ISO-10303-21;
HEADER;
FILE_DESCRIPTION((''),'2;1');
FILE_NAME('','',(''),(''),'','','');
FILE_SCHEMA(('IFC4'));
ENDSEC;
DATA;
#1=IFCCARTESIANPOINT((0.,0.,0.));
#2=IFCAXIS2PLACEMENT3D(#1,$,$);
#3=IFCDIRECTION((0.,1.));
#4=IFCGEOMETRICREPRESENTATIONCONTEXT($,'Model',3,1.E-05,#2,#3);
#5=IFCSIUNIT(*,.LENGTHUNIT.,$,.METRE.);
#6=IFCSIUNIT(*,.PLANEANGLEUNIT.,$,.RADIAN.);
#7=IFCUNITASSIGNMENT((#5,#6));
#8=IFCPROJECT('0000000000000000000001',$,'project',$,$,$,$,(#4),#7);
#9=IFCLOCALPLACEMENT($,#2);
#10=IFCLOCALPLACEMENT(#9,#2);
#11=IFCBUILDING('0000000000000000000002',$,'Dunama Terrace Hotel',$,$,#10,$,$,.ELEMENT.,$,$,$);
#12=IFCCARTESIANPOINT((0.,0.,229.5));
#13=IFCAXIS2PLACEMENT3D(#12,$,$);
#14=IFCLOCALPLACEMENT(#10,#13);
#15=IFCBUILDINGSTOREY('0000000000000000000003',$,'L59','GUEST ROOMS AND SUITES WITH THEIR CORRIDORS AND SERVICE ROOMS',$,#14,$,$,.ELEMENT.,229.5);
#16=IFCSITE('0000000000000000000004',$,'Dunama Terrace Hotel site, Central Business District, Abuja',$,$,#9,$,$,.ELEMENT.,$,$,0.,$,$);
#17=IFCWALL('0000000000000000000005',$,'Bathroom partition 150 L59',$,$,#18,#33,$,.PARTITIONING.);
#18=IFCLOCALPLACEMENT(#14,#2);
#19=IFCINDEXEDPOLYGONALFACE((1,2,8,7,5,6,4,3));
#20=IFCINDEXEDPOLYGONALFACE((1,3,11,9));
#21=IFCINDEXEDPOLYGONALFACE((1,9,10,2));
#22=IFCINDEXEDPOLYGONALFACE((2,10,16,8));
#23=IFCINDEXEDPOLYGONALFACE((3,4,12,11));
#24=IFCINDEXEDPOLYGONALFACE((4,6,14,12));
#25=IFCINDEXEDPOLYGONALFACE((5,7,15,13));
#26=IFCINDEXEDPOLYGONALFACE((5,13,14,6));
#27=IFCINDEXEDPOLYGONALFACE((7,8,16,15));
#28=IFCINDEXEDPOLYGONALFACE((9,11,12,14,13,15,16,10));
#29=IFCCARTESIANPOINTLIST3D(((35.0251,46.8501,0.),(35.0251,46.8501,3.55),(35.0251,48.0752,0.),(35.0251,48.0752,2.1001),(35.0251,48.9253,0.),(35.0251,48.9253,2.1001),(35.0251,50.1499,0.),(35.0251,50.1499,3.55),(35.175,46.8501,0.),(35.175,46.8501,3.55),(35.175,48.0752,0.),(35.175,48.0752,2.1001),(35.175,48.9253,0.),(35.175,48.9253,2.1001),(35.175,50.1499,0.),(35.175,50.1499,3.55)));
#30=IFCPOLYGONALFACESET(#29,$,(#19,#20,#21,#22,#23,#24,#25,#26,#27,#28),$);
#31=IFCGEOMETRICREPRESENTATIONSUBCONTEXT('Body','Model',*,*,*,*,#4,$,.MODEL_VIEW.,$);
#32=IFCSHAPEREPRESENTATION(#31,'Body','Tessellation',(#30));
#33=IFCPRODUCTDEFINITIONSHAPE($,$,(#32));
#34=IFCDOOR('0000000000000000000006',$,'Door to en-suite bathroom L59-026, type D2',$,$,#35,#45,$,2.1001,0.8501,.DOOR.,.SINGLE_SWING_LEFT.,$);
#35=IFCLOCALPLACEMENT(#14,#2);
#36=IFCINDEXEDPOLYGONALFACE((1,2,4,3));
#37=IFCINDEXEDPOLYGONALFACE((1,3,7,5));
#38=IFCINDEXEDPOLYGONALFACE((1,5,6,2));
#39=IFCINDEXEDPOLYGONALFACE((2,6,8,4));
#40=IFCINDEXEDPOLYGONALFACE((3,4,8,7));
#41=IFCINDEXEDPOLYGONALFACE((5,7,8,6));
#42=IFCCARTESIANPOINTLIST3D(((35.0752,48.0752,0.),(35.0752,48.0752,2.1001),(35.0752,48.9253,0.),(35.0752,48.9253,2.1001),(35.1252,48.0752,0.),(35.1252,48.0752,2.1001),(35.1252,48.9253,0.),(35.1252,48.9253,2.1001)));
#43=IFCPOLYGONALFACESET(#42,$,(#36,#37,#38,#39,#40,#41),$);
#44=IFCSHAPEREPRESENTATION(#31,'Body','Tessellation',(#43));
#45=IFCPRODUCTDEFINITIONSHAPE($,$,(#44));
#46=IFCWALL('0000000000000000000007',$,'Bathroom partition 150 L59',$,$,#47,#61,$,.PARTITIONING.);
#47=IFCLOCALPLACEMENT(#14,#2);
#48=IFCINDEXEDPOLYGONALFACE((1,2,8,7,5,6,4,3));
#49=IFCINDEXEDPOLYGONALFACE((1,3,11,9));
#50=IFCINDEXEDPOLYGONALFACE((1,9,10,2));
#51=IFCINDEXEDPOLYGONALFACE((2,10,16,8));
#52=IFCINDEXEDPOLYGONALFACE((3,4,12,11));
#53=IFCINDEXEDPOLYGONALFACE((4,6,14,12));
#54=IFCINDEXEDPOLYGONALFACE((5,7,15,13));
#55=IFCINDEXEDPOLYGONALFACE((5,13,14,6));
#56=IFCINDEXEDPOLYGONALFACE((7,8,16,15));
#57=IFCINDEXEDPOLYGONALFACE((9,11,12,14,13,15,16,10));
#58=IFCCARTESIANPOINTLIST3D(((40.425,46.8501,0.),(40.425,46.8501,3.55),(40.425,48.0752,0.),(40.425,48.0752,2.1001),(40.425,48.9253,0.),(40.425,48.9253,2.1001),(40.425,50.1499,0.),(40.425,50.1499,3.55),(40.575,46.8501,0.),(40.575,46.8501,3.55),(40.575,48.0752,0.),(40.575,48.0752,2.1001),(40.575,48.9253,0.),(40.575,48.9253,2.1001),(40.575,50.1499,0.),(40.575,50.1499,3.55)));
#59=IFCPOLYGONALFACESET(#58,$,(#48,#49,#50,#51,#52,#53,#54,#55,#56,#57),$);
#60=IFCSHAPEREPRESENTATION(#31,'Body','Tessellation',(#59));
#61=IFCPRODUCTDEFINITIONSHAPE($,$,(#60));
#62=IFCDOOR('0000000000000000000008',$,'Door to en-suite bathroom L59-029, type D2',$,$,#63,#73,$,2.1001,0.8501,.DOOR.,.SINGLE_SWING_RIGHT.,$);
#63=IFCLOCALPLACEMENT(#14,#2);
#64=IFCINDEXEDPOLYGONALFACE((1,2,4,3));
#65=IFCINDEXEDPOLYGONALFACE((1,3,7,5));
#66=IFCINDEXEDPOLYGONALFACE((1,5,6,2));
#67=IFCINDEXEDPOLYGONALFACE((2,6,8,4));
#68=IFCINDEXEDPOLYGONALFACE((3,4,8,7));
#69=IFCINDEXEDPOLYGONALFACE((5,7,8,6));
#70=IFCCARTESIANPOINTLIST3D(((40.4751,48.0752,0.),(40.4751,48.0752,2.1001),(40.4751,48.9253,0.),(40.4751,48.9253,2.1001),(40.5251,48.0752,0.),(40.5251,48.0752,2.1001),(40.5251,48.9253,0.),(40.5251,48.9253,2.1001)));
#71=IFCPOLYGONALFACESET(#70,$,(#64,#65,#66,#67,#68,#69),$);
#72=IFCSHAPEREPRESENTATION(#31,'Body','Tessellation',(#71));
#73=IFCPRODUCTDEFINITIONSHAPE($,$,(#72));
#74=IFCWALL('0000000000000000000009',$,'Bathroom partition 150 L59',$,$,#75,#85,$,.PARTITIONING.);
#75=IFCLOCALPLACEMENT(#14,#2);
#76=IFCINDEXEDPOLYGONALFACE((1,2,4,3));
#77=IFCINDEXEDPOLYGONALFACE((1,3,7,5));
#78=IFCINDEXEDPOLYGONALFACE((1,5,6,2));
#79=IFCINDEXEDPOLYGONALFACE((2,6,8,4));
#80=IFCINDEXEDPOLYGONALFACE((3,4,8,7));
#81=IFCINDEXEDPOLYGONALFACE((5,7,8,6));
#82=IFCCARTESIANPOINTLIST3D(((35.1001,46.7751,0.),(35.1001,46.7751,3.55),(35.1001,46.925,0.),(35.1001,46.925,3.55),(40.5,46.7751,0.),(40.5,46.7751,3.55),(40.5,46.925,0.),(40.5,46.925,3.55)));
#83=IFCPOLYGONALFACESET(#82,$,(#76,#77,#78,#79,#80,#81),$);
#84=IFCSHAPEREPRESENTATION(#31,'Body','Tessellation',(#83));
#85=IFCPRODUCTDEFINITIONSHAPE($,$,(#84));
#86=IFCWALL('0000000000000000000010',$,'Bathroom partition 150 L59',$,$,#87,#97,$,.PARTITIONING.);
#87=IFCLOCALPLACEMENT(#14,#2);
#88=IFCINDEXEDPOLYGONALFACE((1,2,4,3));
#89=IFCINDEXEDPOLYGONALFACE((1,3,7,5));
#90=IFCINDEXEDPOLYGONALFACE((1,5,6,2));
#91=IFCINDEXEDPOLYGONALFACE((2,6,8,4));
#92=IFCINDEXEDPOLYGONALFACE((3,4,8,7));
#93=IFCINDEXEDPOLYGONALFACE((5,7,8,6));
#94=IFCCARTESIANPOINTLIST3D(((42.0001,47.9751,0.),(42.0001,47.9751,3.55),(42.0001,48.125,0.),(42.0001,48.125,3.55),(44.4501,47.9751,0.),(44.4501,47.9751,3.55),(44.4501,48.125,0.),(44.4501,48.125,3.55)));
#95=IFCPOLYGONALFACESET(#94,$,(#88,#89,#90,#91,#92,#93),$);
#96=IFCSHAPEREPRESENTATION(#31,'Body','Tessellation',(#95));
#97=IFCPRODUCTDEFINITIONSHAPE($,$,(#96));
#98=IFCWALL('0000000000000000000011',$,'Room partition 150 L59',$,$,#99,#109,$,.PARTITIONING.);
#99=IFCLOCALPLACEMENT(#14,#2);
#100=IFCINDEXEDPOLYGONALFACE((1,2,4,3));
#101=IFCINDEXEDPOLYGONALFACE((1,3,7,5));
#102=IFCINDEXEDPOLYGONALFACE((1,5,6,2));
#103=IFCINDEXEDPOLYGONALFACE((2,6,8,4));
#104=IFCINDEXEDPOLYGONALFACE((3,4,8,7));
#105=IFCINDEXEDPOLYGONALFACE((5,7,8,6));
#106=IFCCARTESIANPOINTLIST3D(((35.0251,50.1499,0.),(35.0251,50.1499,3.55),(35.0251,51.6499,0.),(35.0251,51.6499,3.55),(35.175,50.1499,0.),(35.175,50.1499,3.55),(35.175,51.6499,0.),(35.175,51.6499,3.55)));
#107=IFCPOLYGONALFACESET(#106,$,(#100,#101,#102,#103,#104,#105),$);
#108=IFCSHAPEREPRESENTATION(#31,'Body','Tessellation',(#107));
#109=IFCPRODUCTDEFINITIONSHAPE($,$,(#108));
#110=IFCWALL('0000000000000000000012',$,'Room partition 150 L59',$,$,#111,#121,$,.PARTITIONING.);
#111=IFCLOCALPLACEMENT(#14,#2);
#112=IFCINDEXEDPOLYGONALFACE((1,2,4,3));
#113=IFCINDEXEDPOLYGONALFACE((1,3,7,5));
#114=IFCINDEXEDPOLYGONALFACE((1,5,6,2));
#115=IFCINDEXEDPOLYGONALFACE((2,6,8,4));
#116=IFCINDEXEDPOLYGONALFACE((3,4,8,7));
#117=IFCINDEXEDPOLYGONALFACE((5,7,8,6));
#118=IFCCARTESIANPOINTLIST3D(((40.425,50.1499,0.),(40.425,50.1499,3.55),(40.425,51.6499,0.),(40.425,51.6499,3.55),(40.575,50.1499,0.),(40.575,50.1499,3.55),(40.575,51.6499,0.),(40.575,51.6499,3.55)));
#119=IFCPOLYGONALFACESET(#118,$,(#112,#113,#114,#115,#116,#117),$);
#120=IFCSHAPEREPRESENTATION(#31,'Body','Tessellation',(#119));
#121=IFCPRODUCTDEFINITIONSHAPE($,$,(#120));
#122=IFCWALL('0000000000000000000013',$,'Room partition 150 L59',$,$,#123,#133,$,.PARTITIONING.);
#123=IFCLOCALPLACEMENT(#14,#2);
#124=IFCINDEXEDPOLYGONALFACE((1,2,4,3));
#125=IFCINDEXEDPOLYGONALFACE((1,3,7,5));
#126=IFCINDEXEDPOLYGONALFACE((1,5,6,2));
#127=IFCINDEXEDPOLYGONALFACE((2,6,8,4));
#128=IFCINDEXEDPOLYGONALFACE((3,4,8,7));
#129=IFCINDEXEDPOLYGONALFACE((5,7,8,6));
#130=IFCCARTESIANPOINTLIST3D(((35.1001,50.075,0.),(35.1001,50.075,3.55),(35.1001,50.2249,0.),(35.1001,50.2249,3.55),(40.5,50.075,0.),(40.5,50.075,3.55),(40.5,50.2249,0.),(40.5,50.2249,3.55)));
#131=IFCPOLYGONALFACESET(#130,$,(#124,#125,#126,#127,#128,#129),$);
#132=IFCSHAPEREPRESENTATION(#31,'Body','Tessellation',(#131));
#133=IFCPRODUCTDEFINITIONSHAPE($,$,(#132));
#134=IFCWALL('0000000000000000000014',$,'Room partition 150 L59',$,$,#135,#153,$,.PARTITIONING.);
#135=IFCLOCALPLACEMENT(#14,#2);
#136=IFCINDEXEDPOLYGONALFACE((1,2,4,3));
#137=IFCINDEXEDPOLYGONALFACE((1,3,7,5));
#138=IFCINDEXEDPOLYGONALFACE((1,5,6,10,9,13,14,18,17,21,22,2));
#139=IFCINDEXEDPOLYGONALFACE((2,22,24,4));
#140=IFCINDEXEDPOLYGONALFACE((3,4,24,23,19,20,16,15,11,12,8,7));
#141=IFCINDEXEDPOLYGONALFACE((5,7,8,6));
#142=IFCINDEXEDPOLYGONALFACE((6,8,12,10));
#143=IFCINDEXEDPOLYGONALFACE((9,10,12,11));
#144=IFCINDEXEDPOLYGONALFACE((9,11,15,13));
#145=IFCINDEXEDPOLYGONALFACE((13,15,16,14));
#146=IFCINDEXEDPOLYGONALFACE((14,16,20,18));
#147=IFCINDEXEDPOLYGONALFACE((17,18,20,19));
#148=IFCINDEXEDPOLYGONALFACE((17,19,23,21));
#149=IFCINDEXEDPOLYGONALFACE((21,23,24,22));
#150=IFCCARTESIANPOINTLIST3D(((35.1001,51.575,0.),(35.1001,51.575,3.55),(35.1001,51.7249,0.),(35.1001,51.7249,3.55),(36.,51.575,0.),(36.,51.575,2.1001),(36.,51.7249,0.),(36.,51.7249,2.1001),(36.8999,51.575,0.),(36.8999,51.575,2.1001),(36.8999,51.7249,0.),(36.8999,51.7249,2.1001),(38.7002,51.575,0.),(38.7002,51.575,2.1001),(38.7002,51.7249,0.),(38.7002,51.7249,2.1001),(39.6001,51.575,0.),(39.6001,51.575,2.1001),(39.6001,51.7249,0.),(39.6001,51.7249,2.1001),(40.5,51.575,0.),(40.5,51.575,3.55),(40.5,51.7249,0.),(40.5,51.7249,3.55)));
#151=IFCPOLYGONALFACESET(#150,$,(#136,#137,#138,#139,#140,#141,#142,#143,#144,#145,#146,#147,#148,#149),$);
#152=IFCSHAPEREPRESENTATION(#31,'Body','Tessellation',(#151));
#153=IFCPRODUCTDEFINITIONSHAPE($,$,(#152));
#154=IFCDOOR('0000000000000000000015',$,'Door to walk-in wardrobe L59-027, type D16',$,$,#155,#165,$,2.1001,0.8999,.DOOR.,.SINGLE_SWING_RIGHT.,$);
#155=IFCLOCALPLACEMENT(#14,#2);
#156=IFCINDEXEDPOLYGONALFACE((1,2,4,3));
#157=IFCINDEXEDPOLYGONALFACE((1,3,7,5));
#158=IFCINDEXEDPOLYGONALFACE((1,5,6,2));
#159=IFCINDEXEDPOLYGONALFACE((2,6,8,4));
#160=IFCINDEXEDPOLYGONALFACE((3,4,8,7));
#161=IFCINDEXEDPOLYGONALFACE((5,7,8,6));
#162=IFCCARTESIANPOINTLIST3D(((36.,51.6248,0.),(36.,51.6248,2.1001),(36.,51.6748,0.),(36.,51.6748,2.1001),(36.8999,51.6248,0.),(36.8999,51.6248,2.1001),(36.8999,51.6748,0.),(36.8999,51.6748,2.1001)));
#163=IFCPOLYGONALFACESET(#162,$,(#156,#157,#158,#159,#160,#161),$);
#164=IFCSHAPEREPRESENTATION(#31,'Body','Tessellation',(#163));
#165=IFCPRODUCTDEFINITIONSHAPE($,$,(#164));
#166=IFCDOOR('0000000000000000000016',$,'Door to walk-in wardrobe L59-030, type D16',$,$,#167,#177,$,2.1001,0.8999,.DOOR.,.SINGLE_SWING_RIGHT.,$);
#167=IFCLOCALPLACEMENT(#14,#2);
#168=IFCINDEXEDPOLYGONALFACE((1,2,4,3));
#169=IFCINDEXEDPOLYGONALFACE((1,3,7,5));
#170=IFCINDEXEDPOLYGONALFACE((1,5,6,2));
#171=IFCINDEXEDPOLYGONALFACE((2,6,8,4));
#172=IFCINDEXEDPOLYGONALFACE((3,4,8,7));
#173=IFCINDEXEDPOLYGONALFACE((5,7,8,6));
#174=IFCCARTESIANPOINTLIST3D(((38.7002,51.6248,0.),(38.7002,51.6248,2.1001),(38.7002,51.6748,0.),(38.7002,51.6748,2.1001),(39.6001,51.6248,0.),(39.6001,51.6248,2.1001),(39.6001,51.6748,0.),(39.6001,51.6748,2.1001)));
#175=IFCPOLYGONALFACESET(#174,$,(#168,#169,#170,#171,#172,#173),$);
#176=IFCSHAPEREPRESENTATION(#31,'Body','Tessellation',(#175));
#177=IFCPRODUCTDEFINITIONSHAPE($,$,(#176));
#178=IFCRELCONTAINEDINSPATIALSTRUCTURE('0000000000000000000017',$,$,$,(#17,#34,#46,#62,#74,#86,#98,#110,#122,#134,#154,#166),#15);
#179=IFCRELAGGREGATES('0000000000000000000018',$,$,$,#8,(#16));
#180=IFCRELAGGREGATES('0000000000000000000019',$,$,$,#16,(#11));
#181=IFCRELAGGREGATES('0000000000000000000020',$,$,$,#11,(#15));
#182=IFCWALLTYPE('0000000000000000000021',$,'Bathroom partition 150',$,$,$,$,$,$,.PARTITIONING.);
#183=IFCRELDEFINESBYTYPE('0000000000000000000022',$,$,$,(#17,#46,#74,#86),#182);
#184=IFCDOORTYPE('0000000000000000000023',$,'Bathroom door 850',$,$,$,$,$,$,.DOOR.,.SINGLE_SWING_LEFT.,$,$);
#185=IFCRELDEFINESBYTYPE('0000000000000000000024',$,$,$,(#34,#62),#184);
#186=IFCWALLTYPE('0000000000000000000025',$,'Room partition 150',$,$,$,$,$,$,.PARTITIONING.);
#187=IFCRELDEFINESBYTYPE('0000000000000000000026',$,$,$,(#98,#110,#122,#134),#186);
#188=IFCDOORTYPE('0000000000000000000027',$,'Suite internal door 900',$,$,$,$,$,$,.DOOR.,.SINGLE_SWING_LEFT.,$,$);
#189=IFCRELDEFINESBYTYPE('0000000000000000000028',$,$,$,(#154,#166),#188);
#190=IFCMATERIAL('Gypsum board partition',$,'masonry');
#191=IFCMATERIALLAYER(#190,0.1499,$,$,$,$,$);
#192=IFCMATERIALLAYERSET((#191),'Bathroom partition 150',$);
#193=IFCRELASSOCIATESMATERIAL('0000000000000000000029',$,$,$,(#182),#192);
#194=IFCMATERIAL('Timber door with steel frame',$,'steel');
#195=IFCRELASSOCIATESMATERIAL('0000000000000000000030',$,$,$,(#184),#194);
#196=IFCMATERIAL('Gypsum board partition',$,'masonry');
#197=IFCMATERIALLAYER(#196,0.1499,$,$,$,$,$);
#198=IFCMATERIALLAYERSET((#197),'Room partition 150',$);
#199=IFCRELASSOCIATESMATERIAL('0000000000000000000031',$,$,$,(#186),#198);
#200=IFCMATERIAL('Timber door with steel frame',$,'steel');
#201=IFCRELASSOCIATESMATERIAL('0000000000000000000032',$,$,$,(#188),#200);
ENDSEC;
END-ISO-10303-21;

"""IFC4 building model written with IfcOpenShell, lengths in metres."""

from ifc_helpers import new_model, si_unit, direction, frame, frame_2d, origin, place, context, subcontext, project, spatial, rectangle, extrude, material, layer, layer_set, type_object, element, fill, save


model = new_model("IFC4")

# Units and contexts
model_context = context("Model", 3, precision=1e-05, world=origin(), true_north=direction((0.0, 1.0)))
body_context = subcontext(model_context, "Body", "Model", "MODEL_VIEW")
ifc_project = project(units=[si_unit("LENGTHUNIT", "METRE"), si_unit("PLANEANGLEUNIT", "RADIAN")], contexts=[model_context])

# Site, building, storey
site_placement = place(None, origin())
site = spatial("IfcSite", under=ifc_project, at=site_placement, Name="Dunama Terrace Hotel site, Central Business District, Abuja", CompositionType="ELEMENT", RefElevation=0.0)
building_placement = place(site_placement, origin())
building = spatial("IfcBuilding", under=site, at=building_placement, Name="Dunama Terrace Hotel", CompositionType="ELEMENT")
storey_placement = place(building_placement, frame((0.0, 0.0, 229.5)))
storey = spatial("IfcBuildingStorey", under=building, at=storey_placement, Name="L59", Description="GUEST ROOMS AND SUITES WITH THEIR CORRIDORS AND SERVICE ROOMS", CompositionType="ELEMENT", Elevation=229.5)

# Walls, openings, doors
ifc_material_1 = material(Name="Gypsum board partition", Category="masonry")
ifc_layer_1 = layer(ifc_material_1, 0.1499)
ifc_layer_set_1 = layer_set([ifc_layer_1], Name="Bathroom partition 150")
wall_type_1 = type_object("IfcWallType", Name="Bathroom partition 150", PredefinedType="PARTITIONING", material=ifc_layer_set_1)
wall_1_placement = place(storey_placement, frame((35.1001, 46.8501, 0.0), z_axis=(0.0, 0.0, 1.0), x_axis=(0.0, 1.0, 0.0)))
wall_1 = element("IfcWall", 1, at=wall_1_placement, inside=storey, type_object=wall_type_1, Name="Bathroom partition 150 L59", PredefinedType="PARTITIONING", context=body_context, shape_type="SweptSolid", body=[
    extrude(rectangle(XDim=3.2998, YDim=0.1499, at=frame_2d((1.6499, 0.0))), origin(), (0.0, 0.0, 1.0), 3.55),
])
opening_1_placement = place(wall_1_placement, frame((1.2251, 0.0, 0.0)))
opening_1 = element("IfcOpeningElement", 2, at=opening_1_placement, cuts=wall_1, PredefinedType="OPENING", context=body_context, shape_type="SweptSolid", body=[
    extrude(rectangle(XDim=0.8501, YDim=2.1001, at=frame_2d((0.425, 1.05))), frame((0.0, 0.085, 0.0), z_axis=(0.0, -1.0, 0.0), x_axis=(1.0, 0.0, 0.0)), (0.0, 0.0, 1.0), 0.1699),
])
ifc_material_2 = material(Name="Timber door with steel frame", Category="steel")
door_type_1 = type_object("IfcDoorType", Name="Bathroom door 850", OperationType="SINGLE_SWING_LEFT", PredefinedType="DOOR", material=ifc_material_2)
door_1_placement = place(opening_1_placement, frame((0.8501, 0.0, 0.0), z_axis=(0.0, 0.0, 1.0), x_axis=(-1.0, 0.0, 0.0)))
door_1 = element("IfcDoor", 3, at=door_1_placement, inside=storey, type_object=door_type_1, Name="Door to en-suite bathroom L59-026, type D2", OperationType="SINGLE_SWING_LEFT", OverallHeight=2.1001, OverallWidth=0.8501, PredefinedType="DOOR", context=body_context, shape_type="SweptSolid", body=[
    extrude(rectangle(XDim=0.8501, YDim=2.1001, at=frame_2d((0.425, 1.05))), frame((0.0, 0.0251, 0.0), z_axis=(0.0, -1.0, 0.0), x_axis=(1.0, 0.0, 0.0)), (0.0, 0.0, 1.0), 0.05),
])
fill(opening_1, door_1)
wall_2_placement = place(storey_placement, frame((40.5, 46.8501, 0.0), z_axis=(0.0, 0.0, 1.0), x_axis=(0.0, 1.0, 0.0)))
wall_2 = element("IfcWall", 4, at=wall_2_placement, inside=storey, type_object=wall_type_1, Name="Bathroom partition 150 L59", PredefinedType="PARTITIONING", context=body_context, shape_type="SweptSolid", body=[
    extrude(rectangle(XDim=3.2998, YDim=0.1499, at=frame_2d((1.6499, 0.0))), origin(), (0.0, 0.0, 1.0), 3.55),
])
opening_2_placement = place(wall_2_placement, frame((1.2251, 0.0, 0.0)))
opening_2 = element("IfcOpeningElement", 5, at=opening_2_placement, cuts=wall_2, PredefinedType="OPENING", context=body_context, shape_type="SweptSolid", body=[
    extrude(rectangle(XDim=0.8501, YDim=2.1001, at=frame_2d((0.425, 1.05))), frame((0.0, 0.085, 0.0), z_axis=(0.0, -1.0, 0.0), x_axis=(1.0, 0.0, 0.0)), (0.0, 0.0, 1.0), 0.1699),
])
door_2_placement = place(opening_2_placement, origin())
door_2 = element("IfcDoor", 6, at=door_2_placement, inside=storey, type_object=door_type_1, Name="Door to en-suite bathroom L59-029, type D2", OperationType="SINGLE_SWING_RIGHT", OverallHeight=2.1001, OverallWidth=0.8501, PredefinedType="DOOR", context=body_context, shape_type="SweptSolid", body=[
    extrude(rectangle(XDim=0.8501, YDim=2.1001, at=frame_2d((0.425, 1.05))), frame((0.0, 0.0249, 0.0), z_axis=(0.0, -1.0, 0.0), x_axis=(1.0, 0.0, 0.0)), (0.0, 0.0, 1.0), 0.05),
])
fill(opening_2, door_2)

# Walls
wall_3_placement = place(storey_placement, frame((35.1001, 46.8501, 0.0), z_axis=(0.0, 0.0, 1.0), x_axis=(1.0, 0.0, 0.0)))
element("IfcWall", 7, at=wall_3_placement, inside=storey, type_object=wall_type_1, Name="Bathroom partition 150 L59", PredefinedType="PARTITIONING", context=body_context, shape_type="SweptSolid", body=[
    extrude(rectangle(XDim=5.3999, YDim=0.1499, at=frame_2d((2.7, 0.0))), origin(), (0.0, 0.0, 1.0), 3.55),
])
wall_4_placement = place(storey_placement, frame((42.0, 48.05, 0.0), z_axis=(0.0, 0.0, 1.0), x_axis=(1.0, 0.0, 0.0)))
element("IfcWall", 8, at=wall_4_placement, inside=storey, type_object=wall_type_1, Name="Bathroom partition 150 L59", PredefinedType="PARTITIONING", context=body_context, shape_type="SweptSolid", body=[
    extrude(rectangle(XDim=2.45, YDim=0.1499, at=frame_2d((1.2251, 0.0))), origin(), (0.0, 0.0, 1.0), 3.55),
])
ifc_material_3 = material(Name="Gypsum board partition", Category="masonry")
ifc_layer_2 = layer(ifc_material_3, 0.1499)
ifc_layer_set_2 = layer_set([ifc_layer_2], Name="Room partition 150")
wall_type_2 = type_object("IfcWallType", Name="Room partition 150", PredefinedType="PARTITIONING", material=ifc_layer_set_2)
for number, where, z_axis, x_axis, name in (
    (9, (35.1001, 50.1499, 0.0), (0.0, 0.0, 1.0), (0.0, 1.0, 0.0), "Room partition 150 L59"),
    (10, (40.5, 50.1499, 0.0), (0.0, 0.0, 1.0), (0.0, 1.0, 0.0), "Room partition 150 L59"),
):
    element("IfcWall", number, at=place(storey_placement, frame(where, z_axis=z_axis, x_axis=x_axis)), inside=storey, type_object=wall_type_2, Name=name, PredefinedType="PARTITIONING", context=body_context, shape_type="SweptSolid", body=[
        extrude(rectangle(XDim=1.5, YDim=0.1499, at=frame_2d((0.75, 0.0))), origin(), (0.0, 0.0, 1.0), 3.55),
    ])
wall_5_placement = place(storey_placement, frame((35.1001, 50.1499, 0.0), z_axis=(0.0, 0.0, 1.0), x_axis=(1.0, 0.0, 0.0)))
element("IfcWall", 11, at=wall_5_placement, inside=storey, type_object=wall_type_2, Name="Room partition 150 L59", PredefinedType="PARTITIONING", context=body_context, shape_type="SweptSolid", body=[
    extrude(rectangle(XDim=5.3999, YDim=0.1499, at=frame_2d((2.7, 0.0))), origin(), (0.0, 0.0, 1.0), 3.55),
])

# Wall, openings, doors
wall_6_placement = place(storey_placement, frame((35.1001, 51.6499, 0.0), z_axis=(0.0, 0.0, 1.0), x_axis=(1.0, 0.0, 0.0)))
wall_6 = element("IfcWall", 12, at=wall_6_placement, inside=storey, type_object=wall_type_2, Name="Room partition 150 L59", PredefinedType="PARTITIONING", context=body_context, shape_type="SweptSolid", body=[
    extrude(rectangle(XDim=5.3999, YDim=0.1499, at=frame_2d((2.7, 0.0))), origin(), (0.0, 0.0, 1.0), 3.55),
])
opening_3_placement = place(wall_6_placement, frame((0.8999, 0.0, 0.0)))
opening_3 = element("IfcOpeningElement", 13, at=opening_3_placement, cuts=wall_6, PredefinedType="OPENING", context=body_context, shape_type="SweptSolid", body=[
    extrude(rectangle(XDim=0.8999, YDim=2.1001, at=frame_2d((0.45, 1.05))), frame((0.0, 0.085, 0.0), z_axis=(0.0, -1.0, 0.0), x_axis=(1.0, 0.0, 0.0)), (0.0, 0.0, 1.0), 0.1699),
])
opening_4_placement = place(wall_6_placement, frame((3.6001, 0.0, 0.0)))
opening_4 = element("IfcOpeningElement", 14, at=opening_4_placement, cuts=wall_6, PredefinedType="OPENING", context=body_context, shape_type="SweptSolid", body=[
    extrude(rectangle(XDim=0.8999, YDim=2.1001, at=frame_2d((0.45, 1.05))), frame((0.0, 0.085, 0.0), z_axis=(0.0, -1.0, 0.0), x_axis=(1.0, 0.0, 0.0)), (0.0, 0.0, 1.0), 0.1699),
])
ifc_material_4 = material(Name="Timber door with steel frame", Category="steel")
door_type_2 = type_object("IfcDoorType", Name="Suite internal door 900", OperationType="SINGLE_SWING_LEFT", PredefinedType="DOOR", material=ifc_material_4)
door_3_placement = place(opening_3_placement, frame((0.8999, 0.0, 0.0), z_axis=(0.0, 0.0, 1.0), x_axis=(-1.0, 0.0, 0.0)))
door_3 = element("IfcDoor", 15, at=door_3_placement, inside=storey, type_object=door_type_2, Name="Door to walk-in wardrobe L59-027, type D16", OperationType="SINGLE_SWING_RIGHT", OverallHeight=2.1001, OverallWidth=0.8999, PredefinedType="DOOR", context=body_context, shape_type="SweptSolid", body=[
    extrude(rectangle(XDim=0.8999, YDim=2.1001, at=frame_2d((0.45, 1.05))), frame((0.0, 0.0251, 0.0), z_axis=(0.0, -1.0, 0.0), x_axis=(1.0, 0.0, 0.0)), (0.0, 0.0, 1.0), 0.05),
])
fill(opening_3, door_3)
door_4_placement = place(opening_4_placement, frame((0.8999, 0.0, 0.0), z_axis=(0.0, 0.0, 1.0), x_axis=(-1.0, 0.0, 0.0)))
door_4 = element("IfcDoor", 16, at=door_4_placement, inside=storey, type_object=door_type_2, Name="Door to walk-in wardrobe L59-030, type D16", OperationType="SINGLE_SWING_RIGHT", OverallHeight=2.1001, OverallWidth=0.8999, PredefinedType="DOOR", context=body_context, shape_type="SweptSolid", body=[
    extrude(rectangle(XDim=0.8999, YDim=2.1001, at=frame_2d((0.45, 1.05))), frame((0.0, 0.0251, 0.0), z_axis=(0.0, -1.0, 0.0), x_axis=(1.0, 0.0, 0.0)), (0.0, 0.0, 1.0), 0.05),
])
fill(opening_4, door_4)

save(model, "model.ifc")
